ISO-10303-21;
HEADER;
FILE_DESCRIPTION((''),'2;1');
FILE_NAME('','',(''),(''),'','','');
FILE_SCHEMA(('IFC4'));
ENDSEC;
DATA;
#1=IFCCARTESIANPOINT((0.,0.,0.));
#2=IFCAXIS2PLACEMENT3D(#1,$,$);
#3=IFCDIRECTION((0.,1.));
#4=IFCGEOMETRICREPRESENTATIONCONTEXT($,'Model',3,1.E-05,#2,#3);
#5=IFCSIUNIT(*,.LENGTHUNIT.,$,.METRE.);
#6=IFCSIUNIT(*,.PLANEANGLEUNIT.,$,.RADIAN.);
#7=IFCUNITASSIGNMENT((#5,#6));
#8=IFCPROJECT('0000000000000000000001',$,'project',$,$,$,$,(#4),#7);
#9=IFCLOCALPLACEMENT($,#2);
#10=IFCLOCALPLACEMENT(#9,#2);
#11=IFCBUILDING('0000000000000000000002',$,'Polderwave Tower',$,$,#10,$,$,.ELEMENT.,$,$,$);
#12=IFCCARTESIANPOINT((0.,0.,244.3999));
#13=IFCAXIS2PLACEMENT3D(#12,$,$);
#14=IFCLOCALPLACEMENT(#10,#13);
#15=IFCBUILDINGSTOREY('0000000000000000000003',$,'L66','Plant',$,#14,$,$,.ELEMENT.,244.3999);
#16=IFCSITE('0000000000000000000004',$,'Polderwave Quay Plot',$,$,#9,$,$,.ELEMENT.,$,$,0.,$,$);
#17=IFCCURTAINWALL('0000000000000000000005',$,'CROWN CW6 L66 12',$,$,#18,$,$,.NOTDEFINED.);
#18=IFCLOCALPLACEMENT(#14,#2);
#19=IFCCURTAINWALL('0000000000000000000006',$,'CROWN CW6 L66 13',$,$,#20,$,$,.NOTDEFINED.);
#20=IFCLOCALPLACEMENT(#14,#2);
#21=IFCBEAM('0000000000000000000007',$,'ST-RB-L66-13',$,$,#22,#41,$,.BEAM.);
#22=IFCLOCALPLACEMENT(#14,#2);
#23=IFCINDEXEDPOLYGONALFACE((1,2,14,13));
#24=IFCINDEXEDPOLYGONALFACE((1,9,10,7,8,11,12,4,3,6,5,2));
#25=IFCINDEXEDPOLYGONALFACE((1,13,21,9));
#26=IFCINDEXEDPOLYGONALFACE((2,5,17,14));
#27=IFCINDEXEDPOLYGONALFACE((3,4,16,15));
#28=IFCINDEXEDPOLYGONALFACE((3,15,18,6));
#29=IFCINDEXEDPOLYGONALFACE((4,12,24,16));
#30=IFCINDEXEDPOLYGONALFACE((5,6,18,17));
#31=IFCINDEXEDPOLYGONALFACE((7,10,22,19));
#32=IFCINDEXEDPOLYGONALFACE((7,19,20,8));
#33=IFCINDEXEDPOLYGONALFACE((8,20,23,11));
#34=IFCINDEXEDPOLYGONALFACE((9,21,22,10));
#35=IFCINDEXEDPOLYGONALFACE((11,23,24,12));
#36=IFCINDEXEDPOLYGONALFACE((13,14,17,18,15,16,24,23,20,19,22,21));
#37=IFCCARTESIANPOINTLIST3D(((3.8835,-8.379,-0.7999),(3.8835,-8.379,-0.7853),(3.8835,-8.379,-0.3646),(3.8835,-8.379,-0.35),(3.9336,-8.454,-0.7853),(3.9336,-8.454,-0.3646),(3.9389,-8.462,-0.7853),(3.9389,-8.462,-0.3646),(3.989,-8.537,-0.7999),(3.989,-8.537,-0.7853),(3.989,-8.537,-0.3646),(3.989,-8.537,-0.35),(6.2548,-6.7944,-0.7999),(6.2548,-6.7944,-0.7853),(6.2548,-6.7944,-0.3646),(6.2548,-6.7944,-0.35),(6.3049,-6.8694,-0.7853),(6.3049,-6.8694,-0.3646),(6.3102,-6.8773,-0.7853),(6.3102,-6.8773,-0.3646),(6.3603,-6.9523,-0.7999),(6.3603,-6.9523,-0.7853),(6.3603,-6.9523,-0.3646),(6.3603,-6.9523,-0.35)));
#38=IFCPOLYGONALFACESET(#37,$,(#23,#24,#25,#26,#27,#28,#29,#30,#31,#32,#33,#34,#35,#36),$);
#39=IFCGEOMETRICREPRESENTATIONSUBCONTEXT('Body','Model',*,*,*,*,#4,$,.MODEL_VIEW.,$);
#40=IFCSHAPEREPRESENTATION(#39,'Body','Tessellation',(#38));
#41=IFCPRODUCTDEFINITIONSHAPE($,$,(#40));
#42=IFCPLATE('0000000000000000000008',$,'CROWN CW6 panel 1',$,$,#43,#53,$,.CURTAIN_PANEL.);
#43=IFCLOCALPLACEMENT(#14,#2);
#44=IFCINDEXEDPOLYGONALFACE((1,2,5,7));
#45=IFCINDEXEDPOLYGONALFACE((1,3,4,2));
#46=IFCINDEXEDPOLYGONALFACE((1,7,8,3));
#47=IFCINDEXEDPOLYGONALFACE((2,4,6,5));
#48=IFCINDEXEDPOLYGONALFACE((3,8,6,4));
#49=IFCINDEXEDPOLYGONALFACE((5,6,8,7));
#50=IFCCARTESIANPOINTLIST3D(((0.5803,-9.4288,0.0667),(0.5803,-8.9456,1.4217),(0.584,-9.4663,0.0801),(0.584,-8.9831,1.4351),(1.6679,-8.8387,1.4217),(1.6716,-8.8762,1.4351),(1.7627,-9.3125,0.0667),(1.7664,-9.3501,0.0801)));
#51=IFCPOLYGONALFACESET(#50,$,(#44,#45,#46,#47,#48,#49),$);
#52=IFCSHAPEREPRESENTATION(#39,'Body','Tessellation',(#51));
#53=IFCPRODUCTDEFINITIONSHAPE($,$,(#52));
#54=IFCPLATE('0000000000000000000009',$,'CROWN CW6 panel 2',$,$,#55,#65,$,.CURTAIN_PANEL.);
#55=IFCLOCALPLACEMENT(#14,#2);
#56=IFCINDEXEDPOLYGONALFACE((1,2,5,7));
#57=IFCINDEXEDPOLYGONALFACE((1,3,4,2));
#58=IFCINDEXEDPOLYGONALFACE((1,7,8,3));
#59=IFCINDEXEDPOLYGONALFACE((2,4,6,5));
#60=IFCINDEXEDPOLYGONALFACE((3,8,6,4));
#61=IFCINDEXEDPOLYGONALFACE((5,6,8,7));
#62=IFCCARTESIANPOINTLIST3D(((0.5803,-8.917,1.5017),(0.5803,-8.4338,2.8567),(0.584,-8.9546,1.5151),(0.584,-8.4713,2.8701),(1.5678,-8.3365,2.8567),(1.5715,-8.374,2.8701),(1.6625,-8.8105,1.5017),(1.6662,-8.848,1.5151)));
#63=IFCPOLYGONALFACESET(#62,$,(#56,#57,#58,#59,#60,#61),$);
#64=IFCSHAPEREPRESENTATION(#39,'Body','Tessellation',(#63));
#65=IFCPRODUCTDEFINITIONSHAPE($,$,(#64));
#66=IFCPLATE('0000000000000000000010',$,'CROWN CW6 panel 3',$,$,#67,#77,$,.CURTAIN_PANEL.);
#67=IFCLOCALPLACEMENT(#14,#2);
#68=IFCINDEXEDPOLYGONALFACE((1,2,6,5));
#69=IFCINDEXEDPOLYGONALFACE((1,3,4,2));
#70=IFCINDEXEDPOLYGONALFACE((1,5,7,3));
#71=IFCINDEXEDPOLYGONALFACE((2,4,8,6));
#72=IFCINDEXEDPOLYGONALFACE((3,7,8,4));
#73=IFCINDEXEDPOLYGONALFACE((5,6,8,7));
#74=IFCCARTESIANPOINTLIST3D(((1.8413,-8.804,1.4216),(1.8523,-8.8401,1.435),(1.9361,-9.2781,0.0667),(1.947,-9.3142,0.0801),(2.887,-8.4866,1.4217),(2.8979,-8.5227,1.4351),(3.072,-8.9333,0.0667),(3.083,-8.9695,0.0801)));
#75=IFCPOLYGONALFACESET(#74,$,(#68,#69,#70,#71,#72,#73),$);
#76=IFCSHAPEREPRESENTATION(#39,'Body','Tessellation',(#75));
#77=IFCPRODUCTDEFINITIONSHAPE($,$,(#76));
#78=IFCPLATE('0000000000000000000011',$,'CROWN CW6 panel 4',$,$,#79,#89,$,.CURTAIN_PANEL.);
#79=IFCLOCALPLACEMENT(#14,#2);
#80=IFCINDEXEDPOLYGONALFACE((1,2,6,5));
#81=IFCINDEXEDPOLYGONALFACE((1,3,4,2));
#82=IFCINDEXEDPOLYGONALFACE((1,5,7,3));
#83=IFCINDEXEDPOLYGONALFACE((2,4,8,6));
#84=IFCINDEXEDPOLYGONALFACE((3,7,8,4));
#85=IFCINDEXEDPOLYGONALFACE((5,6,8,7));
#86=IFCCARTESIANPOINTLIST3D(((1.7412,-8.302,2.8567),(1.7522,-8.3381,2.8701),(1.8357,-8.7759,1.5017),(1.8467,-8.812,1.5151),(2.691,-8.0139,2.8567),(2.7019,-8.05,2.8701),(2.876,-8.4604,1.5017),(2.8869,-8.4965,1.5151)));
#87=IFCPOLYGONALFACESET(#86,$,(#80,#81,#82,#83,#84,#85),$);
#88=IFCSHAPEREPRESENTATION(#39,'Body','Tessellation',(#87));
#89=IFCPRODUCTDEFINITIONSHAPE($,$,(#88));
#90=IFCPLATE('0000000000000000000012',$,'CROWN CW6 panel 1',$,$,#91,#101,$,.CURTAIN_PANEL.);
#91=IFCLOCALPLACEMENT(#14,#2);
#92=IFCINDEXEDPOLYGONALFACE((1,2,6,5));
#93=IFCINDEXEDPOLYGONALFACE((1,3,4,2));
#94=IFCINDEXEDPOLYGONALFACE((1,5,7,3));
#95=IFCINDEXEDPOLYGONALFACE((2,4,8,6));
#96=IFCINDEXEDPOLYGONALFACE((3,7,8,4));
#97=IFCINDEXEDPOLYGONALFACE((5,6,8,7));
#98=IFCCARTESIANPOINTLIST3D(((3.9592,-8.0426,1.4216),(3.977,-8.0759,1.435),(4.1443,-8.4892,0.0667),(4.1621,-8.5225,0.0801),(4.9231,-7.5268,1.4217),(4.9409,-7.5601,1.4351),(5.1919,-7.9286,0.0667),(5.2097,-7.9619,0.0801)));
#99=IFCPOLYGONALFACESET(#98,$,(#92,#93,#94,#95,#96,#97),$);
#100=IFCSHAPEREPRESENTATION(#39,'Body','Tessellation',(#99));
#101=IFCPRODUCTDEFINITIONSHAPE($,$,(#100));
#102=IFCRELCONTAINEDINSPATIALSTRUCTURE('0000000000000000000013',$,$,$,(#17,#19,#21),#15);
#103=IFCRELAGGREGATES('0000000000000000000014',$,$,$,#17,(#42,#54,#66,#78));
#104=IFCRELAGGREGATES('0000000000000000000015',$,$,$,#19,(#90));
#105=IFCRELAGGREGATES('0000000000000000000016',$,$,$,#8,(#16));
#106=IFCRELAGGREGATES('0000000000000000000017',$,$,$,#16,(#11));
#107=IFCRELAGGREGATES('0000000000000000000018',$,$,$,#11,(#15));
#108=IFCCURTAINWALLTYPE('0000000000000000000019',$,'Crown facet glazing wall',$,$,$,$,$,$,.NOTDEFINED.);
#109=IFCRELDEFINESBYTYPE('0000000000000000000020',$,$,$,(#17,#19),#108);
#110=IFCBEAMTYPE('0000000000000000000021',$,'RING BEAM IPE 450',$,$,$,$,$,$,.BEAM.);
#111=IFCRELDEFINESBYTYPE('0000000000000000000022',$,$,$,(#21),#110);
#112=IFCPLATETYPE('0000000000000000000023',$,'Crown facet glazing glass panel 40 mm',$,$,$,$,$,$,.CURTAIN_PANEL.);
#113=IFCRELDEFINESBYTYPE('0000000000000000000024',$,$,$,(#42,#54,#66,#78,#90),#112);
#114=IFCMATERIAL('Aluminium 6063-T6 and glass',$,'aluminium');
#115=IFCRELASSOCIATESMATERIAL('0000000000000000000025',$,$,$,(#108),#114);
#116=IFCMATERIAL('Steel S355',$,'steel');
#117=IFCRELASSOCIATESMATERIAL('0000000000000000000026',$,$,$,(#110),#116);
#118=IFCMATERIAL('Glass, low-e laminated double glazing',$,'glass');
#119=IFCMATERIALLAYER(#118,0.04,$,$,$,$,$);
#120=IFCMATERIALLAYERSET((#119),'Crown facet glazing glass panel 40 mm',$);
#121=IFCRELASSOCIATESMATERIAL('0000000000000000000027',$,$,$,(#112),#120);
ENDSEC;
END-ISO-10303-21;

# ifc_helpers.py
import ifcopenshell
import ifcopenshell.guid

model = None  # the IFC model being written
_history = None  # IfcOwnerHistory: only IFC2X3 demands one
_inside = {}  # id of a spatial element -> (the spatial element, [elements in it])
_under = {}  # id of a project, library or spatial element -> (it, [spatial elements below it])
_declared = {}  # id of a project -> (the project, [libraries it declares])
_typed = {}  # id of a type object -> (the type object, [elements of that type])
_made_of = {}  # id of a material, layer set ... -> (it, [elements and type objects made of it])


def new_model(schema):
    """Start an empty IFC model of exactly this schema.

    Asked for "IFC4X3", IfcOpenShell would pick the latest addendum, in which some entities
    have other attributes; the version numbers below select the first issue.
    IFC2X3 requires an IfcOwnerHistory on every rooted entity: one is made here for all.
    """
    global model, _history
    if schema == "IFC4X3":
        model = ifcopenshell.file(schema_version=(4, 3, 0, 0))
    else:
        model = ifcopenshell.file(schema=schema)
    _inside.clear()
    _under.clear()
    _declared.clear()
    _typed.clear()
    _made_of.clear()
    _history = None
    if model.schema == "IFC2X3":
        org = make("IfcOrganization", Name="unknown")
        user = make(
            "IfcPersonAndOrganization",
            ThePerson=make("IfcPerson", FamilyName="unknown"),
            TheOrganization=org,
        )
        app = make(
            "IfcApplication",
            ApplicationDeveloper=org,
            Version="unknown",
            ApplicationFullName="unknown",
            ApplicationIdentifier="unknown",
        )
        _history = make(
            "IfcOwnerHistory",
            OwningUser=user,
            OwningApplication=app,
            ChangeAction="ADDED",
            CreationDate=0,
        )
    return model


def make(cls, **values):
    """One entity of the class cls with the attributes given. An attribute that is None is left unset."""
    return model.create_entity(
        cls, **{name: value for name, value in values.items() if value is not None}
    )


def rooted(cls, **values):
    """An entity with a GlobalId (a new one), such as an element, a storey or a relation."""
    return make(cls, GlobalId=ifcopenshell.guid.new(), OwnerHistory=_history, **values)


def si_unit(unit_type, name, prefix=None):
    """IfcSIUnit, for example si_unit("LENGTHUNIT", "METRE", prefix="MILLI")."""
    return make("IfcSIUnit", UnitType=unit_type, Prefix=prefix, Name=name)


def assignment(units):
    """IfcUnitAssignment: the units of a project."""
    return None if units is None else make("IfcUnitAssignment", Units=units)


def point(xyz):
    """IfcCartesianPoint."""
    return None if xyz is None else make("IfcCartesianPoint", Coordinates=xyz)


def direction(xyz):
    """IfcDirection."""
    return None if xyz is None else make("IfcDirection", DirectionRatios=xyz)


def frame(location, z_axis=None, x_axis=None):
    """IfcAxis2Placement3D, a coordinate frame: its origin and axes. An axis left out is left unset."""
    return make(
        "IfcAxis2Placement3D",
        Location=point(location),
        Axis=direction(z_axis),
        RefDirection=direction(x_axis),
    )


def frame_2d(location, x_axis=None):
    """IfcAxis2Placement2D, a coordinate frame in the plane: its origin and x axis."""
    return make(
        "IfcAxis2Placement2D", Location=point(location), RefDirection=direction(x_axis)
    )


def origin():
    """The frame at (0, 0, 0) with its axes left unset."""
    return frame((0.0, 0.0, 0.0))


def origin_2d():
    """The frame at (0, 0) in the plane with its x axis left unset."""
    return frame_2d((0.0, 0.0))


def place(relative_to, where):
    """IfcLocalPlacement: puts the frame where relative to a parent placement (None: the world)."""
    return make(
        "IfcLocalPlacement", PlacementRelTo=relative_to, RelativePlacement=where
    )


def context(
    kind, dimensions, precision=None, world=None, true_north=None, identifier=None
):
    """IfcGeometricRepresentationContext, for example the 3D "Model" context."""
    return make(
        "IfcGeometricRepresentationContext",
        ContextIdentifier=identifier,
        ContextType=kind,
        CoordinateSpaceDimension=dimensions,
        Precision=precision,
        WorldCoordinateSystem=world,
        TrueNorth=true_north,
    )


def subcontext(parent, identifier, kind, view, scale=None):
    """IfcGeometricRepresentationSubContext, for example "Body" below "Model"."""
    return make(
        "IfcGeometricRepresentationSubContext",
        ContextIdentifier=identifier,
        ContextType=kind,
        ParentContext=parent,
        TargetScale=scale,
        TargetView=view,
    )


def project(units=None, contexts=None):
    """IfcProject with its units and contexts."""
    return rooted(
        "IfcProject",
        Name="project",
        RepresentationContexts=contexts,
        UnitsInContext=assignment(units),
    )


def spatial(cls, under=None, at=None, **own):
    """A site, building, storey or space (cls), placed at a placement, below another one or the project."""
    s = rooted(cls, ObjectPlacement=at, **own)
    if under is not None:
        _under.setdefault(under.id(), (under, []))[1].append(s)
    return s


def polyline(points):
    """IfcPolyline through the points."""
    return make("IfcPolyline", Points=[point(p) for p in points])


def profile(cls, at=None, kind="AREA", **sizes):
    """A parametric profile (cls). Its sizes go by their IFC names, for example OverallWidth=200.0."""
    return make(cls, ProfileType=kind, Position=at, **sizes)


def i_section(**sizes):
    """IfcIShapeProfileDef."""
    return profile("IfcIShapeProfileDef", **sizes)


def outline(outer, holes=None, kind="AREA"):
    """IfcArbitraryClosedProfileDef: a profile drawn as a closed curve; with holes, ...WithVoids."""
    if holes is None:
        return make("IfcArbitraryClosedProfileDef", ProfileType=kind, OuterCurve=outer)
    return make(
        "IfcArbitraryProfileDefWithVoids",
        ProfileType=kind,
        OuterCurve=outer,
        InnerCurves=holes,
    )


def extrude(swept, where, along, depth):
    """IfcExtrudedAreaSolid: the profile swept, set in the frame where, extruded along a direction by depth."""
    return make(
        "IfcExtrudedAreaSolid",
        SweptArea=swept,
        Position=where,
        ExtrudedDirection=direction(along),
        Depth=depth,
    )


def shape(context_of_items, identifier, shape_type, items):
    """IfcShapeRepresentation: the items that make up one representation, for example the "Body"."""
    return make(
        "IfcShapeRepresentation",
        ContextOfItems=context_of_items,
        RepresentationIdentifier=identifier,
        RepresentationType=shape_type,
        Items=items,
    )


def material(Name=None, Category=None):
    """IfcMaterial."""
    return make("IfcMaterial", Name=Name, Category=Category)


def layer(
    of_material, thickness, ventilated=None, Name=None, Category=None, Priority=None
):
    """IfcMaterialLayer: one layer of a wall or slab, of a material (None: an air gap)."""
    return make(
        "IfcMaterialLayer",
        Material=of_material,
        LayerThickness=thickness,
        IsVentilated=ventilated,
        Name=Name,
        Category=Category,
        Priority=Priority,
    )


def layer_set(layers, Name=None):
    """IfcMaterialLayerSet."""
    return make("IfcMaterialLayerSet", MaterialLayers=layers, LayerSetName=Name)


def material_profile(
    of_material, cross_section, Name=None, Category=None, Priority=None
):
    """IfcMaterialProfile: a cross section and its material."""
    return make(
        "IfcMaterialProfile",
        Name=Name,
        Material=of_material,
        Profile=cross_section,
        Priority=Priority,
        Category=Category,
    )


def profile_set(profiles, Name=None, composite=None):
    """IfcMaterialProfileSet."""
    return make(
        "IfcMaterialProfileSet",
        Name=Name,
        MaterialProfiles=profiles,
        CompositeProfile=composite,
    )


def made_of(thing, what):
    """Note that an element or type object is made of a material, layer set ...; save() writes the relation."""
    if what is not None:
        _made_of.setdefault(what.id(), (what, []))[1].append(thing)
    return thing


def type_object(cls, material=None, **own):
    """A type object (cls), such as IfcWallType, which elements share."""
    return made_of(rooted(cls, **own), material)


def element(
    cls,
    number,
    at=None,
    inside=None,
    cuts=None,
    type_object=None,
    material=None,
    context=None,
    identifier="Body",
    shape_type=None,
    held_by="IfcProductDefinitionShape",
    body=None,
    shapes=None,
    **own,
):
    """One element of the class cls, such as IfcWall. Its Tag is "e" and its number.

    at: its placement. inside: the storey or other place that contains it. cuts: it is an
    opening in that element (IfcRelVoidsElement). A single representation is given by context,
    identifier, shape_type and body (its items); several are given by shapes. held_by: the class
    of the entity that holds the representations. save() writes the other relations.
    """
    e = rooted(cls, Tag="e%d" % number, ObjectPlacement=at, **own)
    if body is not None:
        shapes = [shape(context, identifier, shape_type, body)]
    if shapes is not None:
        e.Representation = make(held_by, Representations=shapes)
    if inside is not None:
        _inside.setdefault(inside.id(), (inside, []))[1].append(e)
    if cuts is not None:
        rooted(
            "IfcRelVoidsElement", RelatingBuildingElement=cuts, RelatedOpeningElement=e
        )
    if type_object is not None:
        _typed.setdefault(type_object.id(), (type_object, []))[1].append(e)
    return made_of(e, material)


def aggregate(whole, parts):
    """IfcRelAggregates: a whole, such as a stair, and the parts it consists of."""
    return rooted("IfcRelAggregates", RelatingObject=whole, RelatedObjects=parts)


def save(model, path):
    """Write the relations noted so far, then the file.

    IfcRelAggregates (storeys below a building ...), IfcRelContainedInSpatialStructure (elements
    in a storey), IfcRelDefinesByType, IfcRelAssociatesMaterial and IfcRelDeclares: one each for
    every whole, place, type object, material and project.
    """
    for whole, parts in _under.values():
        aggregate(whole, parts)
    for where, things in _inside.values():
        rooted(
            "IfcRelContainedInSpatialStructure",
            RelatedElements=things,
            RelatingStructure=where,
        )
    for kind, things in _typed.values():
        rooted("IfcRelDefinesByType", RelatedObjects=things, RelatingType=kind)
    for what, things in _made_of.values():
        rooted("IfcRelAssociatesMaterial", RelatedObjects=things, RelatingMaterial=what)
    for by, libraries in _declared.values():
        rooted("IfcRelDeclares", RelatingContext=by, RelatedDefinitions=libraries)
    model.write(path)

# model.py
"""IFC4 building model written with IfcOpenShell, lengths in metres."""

from ifc_helpers import new_model, si_unit, direction, frame, origin, origin_2d, place, context, subcontext, project, spatial, polyline, i_section, outline, extrude, material, layer, layer_set, material_profile, profile_set, type_object, element, aggregate, save


model = new_model("IFC4")

# Units and contexts
model_context = context("Model", 3, precision=1e-05, world=origin(), true_north=direction((0.0, 1.0)))
body_context = subcontext(model_context, "Body", "Model", "MODEL_VIEW")
ifc_project = project(units=[si_unit("LENGTHUNIT", "METRE"), si_unit("PLANEANGLEUNIT", "RADIAN")], contexts=[model_context])

# Site, building, storey
site_placement = place(None, origin())
site = spatial("IfcSite", under=ifc_project, at=site_placement, Name="Polderwave Quay Plot", CompositionType="ELEMENT", RefElevation=0.0)
building_placement = place(site_placement, origin())
building = spatial("IfcBuilding", under=site, at=building_placement, Name="Polderwave Tower", CompositionType="ELEMENT")
storey_placement = place(building_placement, frame((0.0, 0.0, 244.3999)))
storey = spatial("IfcBuildingStorey", under=building, at=storey_placement, Name="L66", Description="Plant", CompositionType="ELEMENT", Elevation=244.3999)

# Curtain wall
ifc_material_1 = material(Name="Aluminium 6063-T6 and glass", Category="aluminium")
curtain_wall_type = type_object("IfcCurtainWallType", Name="Crown facet glazing wall", PredefinedType="NOTDEFINED", material=ifc_material_1)
curtain_wall_1_placement = place(storey_placement, origin())
curtain_wall_1 = element("IfcCurtainWall", 1, at=curtain_wall_1_placement, inside=storey, type_object=curtain_wall_type, Name="CROWN CW6 L66 12", PredefinedType="NOTDEFINED")

# Curtain wall
curtain_wall_2_placement = place(storey_placement, origin())
curtain_wall_2 = element("IfcCurtainWall", 2, at=curtain_wall_2_placement, inside=storey, type_object=curtain_wall_type, Name="CROWN CW6 L66 13", PredefinedType="NOTDEFINED")

# Beam
ifc_material_2 = material(Name="Steel S355", Category="steel")
ifc_material_profile_1 = material_profile(ifc_material_2, i_section(OverallWidth=0.1899, OverallDepth=0.45, WebThickness=0.0095, FlangeThickness=0.0146, at=origin_2d()), Name="IPE 450")
ifc_profile_set_1 = profile_set([ifc_material_profile_1], Name="Steel S355")
beam_type = type_object("IfcBeamType", Name="RING BEAM IPE 450", PredefinedType="BEAM", material=ifc_profile_set_1)
beam_1_placement = place(storey_placement, frame((3.9363, -8.458, -0.575), z_axis=(0.831431, 0.555628, 0.0), x_axis=(-0.555628, 0.831431, 0.0)))
element("IfcBeam", 3, at=beam_1_placement, inside=storey, type_object=beam_type, Name="ST-RB-L66-13", PredefinedType="BEAM", context=body_context, shape_type="SweptSolid", body=[
    extrude(i_section(OverallWidth=0.1899, OverallDepth=0.45, WebThickness=0.0095, FlangeThickness=0.0146, at=origin_2d()), origin(), (0.0, 0.0, 1.0), 2.8521),
])

# Plates
ifc_material_3 = material(Name="Glass, low-e laminated double glazing", Category="glass")
ifc_layer = layer(ifc_material_3, 0.04)
ifc_layer_set = layer_set([ifc_layer], Name="Crown facet glazing glass panel 40 mm")
plate_type = type_object("IfcPlateType", Name="Crown facet glazing glass panel 40 mm", PredefinedType="CURTAIN_PANEL", material=ifc_layer_set)
plate_1_placement = place(storey_placement, frame((0.584, -9.4663, 0.0801), z_axis=(0.092196, -0.937895, 0.334443), x_axis=(0.995203, 0.097828, -0.000005)))
plate_1 = element("IfcPlate", 4, at=plate_1_placement, type_object=plate_type, Name="CROWN CW6 panel 1", PredefinedType="CURTAIN_PANEL", context=body_context, shape_type="SweptSolid", body=[
    extrude(outline(polyline([(0.0, 0.0), (1.1881, 0.0), (1.1402, 1.4378), (0.0473, 1.4378), (0.0, 0.0)])), origin(), (0.0, 0.0, -1.0), 0.04),
])
plate_2_placement = place(storey_placement, frame((0.584, -8.9546, 1.5151), z_axis=(0.092369, -0.937851, 0.334518), x_axis=(0.995186, 0.098001, -0.000043)))
plate_2 = element("IfcPlate", 5, at=plate_2_placement, type_object=plate_type, Name="CROWN CW6 panel 2", PredefinedType="CURTAIN_PANEL", context=body_context, shape_type="SweptSolid", body=[
    extrude(outline(polyline([(0.0, 0.0), (1.0875, 0.0), (1.0396, 1.4379), (0.0473, 1.4378), (0.0, 0.0)])), origin(), (0.0, 0.0, -1.0), 0.04),
])
plate_3_placement = place(storey_placement, frame((1.947, -9.3142, 0.0801), z_axis=(0.273664, -0.90172, 0.334676), x_axis=(0.956903, 0.290408, -0.000009)))
plate_3 = element("IfcPlate", 6, at=plate_3_placement, type_object=plate_type, Name="CROWN CW6 panel 3", PredefinedType="CURTAIN_PANEL", context=body_context, shape_type="SweptSolid", body=[
    extrude(outline(polyline([(0.0, 0.0), (1.1871, 0.0), (1.1398, 1.4379), (0.047, 1.4379), (0.0, 0.0)])), origin(), (0.0, 0.0, -1.0), 0.04),
])
plate_4_placement = place(storey_placement, frame((1.8467, -8.812, 1.5151), z_axis=(0.273503, -0.901831, 0.33451), x_axis=(0.956961, 0.290217, -0.000017)))
plate_4 = element("IfcPlate", 7, at=plate_4_placement, type_object=plate_type, Name="CROWN CW6 panel 4", PredefinedType="CURTAIN_PANEL", context=body_context, shape_type="SweptSolid", body=[
    extrude(outline(polyline([(0.0, 0.0), (1.0871, 0.0), (1.0395, 1.4378), (0.0471, 1.4378), (0.0, 0.0)])), origin(), (0.0, 0.0, -1.0), 0.04),
])
aggregate(curtain_wall_1, [plate_1, plate_2, plate_3, plate_4])
plate_5_placement = place(storey_placement, frame((4.1621, -8.5225, 0.0801), z_axis=(0.444633, -0.830876, 0.334583), x_axis=(0.881694, 0.471821, -0.000016)))
plate_5 = element("IfcPlate", 8, at=plate_5_placement, type_object=plate_type, Name="CROWN CW6 panel 1", PredefinedType="CURTAIN_PANEL", context=body_context, shape_type="SweptSolid", body=[
    extrude(outline(polyline([(0.0, 0.0), (1.1881, 0.0), (1.1407, 1.4379), (0.0475, 1.4378), (0.0, 0.0)])), origin(), (0.0, 0.0, -1.0), 0.04),
])
aggregate(curtain_wall_2, [plate_5])

save(model, "model.ifc")
